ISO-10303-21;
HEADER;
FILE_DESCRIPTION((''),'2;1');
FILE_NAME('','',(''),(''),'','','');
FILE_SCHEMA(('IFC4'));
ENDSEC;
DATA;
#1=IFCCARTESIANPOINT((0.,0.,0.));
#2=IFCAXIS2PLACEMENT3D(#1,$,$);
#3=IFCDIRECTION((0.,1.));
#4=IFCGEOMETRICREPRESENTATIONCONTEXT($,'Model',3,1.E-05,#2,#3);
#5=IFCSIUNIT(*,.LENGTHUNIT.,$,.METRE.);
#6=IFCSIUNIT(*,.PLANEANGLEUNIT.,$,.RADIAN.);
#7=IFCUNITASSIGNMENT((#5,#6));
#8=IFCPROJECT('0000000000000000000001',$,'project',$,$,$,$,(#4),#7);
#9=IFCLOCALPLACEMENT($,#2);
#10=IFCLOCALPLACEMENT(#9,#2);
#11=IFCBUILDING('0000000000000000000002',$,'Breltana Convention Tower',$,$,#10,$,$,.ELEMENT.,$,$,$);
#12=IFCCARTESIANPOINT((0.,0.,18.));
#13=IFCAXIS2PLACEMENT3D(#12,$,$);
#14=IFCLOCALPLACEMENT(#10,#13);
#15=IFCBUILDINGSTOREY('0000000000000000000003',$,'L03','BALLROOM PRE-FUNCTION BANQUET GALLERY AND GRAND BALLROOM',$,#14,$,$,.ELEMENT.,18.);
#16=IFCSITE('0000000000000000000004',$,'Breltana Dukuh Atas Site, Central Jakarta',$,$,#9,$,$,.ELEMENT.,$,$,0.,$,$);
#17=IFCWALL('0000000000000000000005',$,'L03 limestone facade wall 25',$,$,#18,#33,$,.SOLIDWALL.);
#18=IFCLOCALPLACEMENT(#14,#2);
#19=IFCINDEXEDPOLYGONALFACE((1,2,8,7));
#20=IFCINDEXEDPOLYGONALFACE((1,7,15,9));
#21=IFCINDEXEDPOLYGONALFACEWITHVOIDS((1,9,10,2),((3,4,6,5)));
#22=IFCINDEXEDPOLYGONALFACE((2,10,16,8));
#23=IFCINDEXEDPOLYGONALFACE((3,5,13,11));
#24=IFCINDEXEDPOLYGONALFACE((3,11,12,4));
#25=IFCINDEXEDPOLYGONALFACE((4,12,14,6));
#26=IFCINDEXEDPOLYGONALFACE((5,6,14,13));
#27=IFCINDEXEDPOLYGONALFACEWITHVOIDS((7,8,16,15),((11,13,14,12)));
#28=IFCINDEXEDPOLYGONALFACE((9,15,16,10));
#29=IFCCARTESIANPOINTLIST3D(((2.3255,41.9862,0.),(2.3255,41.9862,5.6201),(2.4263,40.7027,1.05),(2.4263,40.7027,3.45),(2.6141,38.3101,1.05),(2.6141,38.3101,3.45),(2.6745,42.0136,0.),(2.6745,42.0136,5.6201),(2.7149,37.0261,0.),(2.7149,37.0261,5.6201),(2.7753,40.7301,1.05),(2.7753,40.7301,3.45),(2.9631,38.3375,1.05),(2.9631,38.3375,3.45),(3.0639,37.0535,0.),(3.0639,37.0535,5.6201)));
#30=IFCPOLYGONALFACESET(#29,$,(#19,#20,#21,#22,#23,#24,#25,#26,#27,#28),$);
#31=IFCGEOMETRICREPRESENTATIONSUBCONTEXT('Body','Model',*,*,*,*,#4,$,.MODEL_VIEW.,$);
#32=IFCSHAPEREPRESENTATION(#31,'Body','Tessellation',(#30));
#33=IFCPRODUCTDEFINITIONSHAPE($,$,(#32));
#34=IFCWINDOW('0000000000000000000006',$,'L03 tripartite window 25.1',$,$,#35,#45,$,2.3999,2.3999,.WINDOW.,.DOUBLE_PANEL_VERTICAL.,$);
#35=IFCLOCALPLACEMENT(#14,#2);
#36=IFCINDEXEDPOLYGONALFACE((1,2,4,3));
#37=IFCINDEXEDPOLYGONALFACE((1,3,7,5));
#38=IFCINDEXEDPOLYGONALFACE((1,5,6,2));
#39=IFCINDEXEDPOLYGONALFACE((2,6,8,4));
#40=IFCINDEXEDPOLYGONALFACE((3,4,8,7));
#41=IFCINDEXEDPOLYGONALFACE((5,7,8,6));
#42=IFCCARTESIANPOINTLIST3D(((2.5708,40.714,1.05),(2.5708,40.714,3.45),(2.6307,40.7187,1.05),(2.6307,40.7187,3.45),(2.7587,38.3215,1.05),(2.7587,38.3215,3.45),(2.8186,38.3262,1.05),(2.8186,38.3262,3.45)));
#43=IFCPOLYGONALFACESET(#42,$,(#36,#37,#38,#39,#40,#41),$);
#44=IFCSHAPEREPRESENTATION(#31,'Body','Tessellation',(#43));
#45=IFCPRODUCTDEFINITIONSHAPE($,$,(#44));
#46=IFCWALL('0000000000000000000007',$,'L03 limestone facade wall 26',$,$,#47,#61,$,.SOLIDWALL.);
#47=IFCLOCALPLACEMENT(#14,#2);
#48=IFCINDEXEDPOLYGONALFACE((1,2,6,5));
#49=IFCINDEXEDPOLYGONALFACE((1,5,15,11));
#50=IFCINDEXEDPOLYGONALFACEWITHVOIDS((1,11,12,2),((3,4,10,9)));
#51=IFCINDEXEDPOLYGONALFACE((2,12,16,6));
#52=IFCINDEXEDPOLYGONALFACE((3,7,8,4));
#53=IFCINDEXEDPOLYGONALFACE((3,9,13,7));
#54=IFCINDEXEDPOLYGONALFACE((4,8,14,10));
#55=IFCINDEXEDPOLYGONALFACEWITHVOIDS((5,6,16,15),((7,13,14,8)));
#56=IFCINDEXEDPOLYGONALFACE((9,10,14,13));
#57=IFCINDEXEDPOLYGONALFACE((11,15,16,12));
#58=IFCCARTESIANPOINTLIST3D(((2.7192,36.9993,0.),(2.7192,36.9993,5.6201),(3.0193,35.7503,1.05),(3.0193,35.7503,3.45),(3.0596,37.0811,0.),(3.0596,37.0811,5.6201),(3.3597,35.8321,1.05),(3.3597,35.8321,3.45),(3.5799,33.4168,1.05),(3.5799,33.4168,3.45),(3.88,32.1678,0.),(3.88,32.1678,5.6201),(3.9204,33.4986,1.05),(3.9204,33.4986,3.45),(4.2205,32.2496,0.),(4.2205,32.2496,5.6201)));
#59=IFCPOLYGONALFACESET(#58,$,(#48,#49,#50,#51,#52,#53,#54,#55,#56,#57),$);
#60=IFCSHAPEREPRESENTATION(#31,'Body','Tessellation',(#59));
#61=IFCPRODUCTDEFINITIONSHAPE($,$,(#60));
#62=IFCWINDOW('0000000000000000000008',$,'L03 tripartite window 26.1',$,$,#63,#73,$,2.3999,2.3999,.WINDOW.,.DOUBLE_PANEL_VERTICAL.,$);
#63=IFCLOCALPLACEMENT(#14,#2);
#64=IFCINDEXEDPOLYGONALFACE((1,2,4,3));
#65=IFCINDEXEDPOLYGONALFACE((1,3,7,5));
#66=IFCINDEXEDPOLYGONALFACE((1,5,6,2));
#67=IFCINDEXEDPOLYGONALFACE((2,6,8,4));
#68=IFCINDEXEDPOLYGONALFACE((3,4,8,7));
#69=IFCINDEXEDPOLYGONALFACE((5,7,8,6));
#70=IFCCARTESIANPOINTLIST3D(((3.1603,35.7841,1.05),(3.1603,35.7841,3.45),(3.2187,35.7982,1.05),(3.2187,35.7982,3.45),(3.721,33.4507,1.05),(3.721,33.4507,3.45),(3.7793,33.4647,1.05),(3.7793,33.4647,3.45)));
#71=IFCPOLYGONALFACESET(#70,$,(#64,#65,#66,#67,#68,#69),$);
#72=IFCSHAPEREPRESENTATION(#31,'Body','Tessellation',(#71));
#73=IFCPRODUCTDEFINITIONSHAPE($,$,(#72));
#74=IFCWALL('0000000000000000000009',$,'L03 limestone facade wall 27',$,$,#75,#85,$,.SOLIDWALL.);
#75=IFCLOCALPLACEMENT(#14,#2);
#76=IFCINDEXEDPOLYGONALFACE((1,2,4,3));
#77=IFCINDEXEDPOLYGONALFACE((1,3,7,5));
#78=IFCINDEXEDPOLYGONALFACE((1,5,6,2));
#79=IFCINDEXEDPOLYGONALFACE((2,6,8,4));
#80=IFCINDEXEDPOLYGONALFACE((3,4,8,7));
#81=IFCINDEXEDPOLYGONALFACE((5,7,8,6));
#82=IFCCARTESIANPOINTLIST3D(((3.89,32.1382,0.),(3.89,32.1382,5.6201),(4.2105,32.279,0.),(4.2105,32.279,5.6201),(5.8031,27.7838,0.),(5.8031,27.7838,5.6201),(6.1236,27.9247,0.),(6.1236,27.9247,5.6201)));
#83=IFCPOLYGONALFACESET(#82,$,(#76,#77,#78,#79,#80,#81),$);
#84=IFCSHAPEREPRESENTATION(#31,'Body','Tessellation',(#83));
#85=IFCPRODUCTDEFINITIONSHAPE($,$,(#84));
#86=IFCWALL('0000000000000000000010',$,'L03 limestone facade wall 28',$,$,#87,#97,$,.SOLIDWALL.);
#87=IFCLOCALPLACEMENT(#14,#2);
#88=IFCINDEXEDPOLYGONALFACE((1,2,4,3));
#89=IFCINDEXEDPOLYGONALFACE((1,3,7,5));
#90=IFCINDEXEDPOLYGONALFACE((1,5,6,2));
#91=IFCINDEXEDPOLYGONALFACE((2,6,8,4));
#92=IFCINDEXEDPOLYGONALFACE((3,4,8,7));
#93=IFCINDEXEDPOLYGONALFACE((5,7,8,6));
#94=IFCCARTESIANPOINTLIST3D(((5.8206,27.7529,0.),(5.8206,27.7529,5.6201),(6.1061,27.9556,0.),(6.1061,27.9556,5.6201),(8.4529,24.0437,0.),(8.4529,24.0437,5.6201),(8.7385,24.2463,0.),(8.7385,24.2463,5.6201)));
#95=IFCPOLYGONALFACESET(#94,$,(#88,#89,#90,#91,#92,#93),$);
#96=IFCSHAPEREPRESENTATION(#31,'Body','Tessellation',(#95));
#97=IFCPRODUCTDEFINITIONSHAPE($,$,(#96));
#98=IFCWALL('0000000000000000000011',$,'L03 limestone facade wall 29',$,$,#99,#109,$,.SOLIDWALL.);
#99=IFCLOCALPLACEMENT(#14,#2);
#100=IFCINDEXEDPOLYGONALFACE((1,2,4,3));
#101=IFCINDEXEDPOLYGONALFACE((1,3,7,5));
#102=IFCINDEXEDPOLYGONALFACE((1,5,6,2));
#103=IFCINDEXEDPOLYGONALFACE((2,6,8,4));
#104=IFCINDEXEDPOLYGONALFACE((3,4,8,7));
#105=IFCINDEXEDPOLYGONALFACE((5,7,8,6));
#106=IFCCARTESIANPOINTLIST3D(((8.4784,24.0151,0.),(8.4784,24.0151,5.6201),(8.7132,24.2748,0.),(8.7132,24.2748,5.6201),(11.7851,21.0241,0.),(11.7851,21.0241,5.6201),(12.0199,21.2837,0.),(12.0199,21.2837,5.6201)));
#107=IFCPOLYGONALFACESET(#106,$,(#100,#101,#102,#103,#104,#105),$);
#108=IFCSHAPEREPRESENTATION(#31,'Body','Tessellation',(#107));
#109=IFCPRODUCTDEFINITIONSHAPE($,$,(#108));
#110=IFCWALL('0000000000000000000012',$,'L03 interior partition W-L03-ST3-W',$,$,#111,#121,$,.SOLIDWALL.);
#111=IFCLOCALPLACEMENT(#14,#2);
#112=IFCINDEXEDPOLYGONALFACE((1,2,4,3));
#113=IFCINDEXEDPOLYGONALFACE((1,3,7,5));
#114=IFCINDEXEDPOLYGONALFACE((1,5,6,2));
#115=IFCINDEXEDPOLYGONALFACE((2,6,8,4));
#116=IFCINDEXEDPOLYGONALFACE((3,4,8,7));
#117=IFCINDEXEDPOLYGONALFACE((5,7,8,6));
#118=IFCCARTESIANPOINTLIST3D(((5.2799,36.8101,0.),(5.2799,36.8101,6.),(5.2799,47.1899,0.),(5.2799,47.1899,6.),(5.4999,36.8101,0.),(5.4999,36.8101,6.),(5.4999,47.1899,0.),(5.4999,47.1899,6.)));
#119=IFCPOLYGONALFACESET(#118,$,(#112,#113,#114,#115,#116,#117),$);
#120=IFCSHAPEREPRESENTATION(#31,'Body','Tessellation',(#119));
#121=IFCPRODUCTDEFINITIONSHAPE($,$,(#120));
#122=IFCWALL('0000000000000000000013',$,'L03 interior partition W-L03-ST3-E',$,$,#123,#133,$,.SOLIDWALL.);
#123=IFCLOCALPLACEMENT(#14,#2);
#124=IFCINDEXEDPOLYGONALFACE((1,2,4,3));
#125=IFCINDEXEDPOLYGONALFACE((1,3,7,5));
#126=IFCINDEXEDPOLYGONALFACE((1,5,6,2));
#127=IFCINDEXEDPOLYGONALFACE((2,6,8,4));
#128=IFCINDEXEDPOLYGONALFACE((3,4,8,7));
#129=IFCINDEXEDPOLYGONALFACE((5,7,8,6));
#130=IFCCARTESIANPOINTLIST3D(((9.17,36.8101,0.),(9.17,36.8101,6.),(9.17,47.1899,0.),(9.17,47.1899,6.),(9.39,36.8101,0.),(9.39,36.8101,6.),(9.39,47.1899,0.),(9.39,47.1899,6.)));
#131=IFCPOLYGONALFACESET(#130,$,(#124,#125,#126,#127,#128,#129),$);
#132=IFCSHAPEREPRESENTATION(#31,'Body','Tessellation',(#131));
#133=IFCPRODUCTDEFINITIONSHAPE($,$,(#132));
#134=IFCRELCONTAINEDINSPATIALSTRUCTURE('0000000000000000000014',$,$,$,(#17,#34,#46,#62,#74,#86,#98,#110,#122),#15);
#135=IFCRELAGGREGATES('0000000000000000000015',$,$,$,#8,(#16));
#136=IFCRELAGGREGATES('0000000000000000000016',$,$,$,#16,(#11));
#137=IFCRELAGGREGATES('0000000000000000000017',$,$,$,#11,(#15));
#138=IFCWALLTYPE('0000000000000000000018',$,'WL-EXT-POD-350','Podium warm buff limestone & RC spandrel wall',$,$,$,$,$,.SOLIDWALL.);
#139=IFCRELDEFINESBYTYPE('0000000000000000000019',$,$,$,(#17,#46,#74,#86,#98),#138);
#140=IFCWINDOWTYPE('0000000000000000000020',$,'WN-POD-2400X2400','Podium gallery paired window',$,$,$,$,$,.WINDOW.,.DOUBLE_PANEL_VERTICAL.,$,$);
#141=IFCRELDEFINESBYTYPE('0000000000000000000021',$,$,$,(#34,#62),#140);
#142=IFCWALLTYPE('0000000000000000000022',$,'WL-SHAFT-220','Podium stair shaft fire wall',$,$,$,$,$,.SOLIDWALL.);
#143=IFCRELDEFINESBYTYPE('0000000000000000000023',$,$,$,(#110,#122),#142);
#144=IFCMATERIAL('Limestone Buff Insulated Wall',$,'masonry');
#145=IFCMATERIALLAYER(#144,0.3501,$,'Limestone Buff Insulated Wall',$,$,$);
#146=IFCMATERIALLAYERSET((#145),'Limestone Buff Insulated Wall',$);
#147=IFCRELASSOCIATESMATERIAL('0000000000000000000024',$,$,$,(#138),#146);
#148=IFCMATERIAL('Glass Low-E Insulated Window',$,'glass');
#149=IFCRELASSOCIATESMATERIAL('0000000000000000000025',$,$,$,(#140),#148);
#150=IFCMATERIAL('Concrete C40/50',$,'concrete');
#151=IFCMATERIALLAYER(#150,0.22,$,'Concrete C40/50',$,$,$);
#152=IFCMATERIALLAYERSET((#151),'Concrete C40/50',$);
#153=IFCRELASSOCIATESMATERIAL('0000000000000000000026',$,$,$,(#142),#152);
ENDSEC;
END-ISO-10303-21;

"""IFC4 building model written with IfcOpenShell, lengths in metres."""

from ifc_helpers import new_model, si_unit, direction, frame, frame_2d, origin, place, context, subcontext, project, spatial, rectangle, extrude, source, transform, mapped, material, layer, layer_set, type_object, type_shapes, element, fill, save


model = new_model("IFC4")

# Units and contexts
model_context = context("Model", 3, precision=1e-05, world=origin(), true_north=direction((0.0, 1.0)))
body_context = subcontext(model_context, "Body", "Model", "MODEL_VIEW")
ifc_project = project(units=[si_unit("LENGTHUNIT", "METRE"), si_unit("PLANEANGLEUNIT", "RADIAN")], contexts=[model_context])

# Site, building, storey
site_placement = place(None, origin())
site = spatial("IfcSite", under=ifc_project, at=site_placement, Name="Breltana Dukuh Atas Site, Central Jakarta", CompositionType="ELEMENT", RefElevation=0.0)
building_placement = place(site_placement, origin())
building = spatial("IfcBuilding", under=site, at=building_placement, Name="Breltana Convention Tower", CompositionType="ELEMENT")
storey_placement = place(building_placement, frame((0.0, 0.0, 18.0)))
storey = spatial("IfcBuildingStorey", under=building, at=storey_placement, Name="L03", Description="BALLROOM PRE-FUNCTION BANQUET GALLERY AND GRAND BALLROOM", CompositionType="ELEMENT", Elevation=18.0)

# Shared definitions
ifc_material_1 = material(Name="Concrete C40/50", Category="concrete")

# Walls, openings, windows
ifc_material_2 = material(Name="Limestone Buff Insulated Wall", Category="masonry")
ifc_layer_1 = layer(ifc_material_2, 0.3501, Name="Limestone Buff Insulated Wall")
ifc_layer_set_1 = layer_set([ifc_layer_1], Name="Limestone Buff Insulated Wall")
wall_type_1 = type_object("IfcWallType", Name="WL-EXT-POD-350", Description="Podium warm buff limestone & RC spandrel wall", PredefinedType="SOLIDWALL", material=ifc_layer_set_1)
shared_shape_1 = source(origin(), body_context, "Body", "SweptSolid", [
    extrude(rectangle(XDim=4.9753, YDim=0.3501, at=frame_2d((2.4878, 0.0))), origin(), (0.0, 0.0, 1.0), 5.6201),
])
wall_1_placement = place(storey_placement, frame((2.5, 42.0, 0.0), z_axis=(0.0, 0.0, 1.0), x_axis=(0.078269, -0.996932, 0.0)))
wall_1 = element("IfcWall", 1, at=wall_1_placement, inside=storey, type_object=wall_type_1, Name="L03 limestone facade wall 25", PredefinedType="SOLIDWALL", context=body_context, shape_type="MappedRepresentation", body=[
    mapped(shared_shape_1, transform((0.0, 0.0, 0.0), scale=1.0)),
])
opening_1_placement = place(wall_1_placement, frame((1.2876, 0.0, 1.05)))
opening_1 = element("IfcOpeningElement", 2, at=opening_1_placement, cuts=wall_1, PredefinedType="OPENING", context=body_context, shape_type="SweptSolid", body=[
    extrude(rectangle(XDim=2.3999, YDim=2.3999, at=frame_2d((1.2, 1.2))), frame((0.0, 0.1851, 0.0), z_axis=(0.0, -1.0, 0.0), x_axis=(1.0, 0.0, 0.0)), (0.0, 0.0, 1.0), 0.3701),
])
ifc_material_3 = material(Name="Glass Low-E Insulated Window", Category="glass")
window_type = type_object("IfcWindowType", Name="WN-POD-2400X2400", Description="Podium gallery paired window", PartitioningType="DOUBLE_PANEL_VERTICAL", PredefinedType="WINDOW", material=ifc_material_3)
shared_shape_2 = source(origin(), body_context, "Body", "SweptSolid", [
    extrude(rectangle(XDim=2.3999, YDim=2.3999, at=frame_2d((1.2, 1.2))), frame((0.0, 0.03, 0.0), z_axis=(0.0, -1.0, 0.0), x_axis=(1.0, 0.0, 0.0)), (0.0, 0.0, 1.0), 0.0601),
])
type_shapes(window_type, [shared_shape_2])
window_1_placement = place(opening_1_placement, origin())
window_1 = element("IfcWindow", 3, at=window_1_placement, inside=storey, type_object=window_type, Name="L03 tripartite window 25.1", OverallHeight=2.3999, OverallWidth=2.3999, PartitioningType="DOUBLE_PANEL_VERTICAL", PredefinedType="WINDOW", context=body_context, shape_type="MappedRepresentation", body=[
    mapped(shared_shape_2, transform((0.0, 0.0, 0.0), scale=1.0)),
])
fill(opening_1, window_1)
shared_shape_3 = source(origin(), body_context, "Body", "SweptSolid", [
    extrude(rectangle(XDim=4.969, YDim=0.3501, at=frame_2d((2.4844, 0.0))), origin(), (0.0, 0.0, 1.0), 5.6201),
])
wall_2_placement = place(storey_placement, frame((2.8894, 37.04, 0.0), z_axis=(0.0, 0.0, 1.0), x_axis=(0.233624, -0.972327, 0.0)))
wall_2 = element("IfcWall", 4, at=wall_2_placement, inside=storey, type_object=wall_type_1, Name="L03 limestone facade wall 26", PredefinedType="SOLIDWALL", context=body_context, shape_type="MappedRepresentation", body=[
    mapped(shared_shape_3, transform((0.0, 0.0, 0.0), scale=1.0)),
])
opening_2_placement = place(wall_2_placement, frame((1.2844, 0.0, 1.05)))
opening_2 = element("IfcOpeningElement", 5, at=opening_2_placement, cuts=wall_2, PredefinedType="OPENING", context=body_context, shape_type="SweptSolid", body=[
    extrude(rectangle(XDim=2.3999, YDim=2.3999, at=frame_2d((1.2, 1.2))), frame((0.0, 0.1851, 0.0), z_axis=(0.0, -1.0, 0.0), x_axis=(1.0, 0.0, 0.0)), (0.0, 0.0, 1.0), 0.3701),
])
window_2_placement = place(opening_2_placement, origin())
window_2 = element("IfcWindow", 6, at=window_2_placement, inside=storey, type_object=window_type, Name="L03 tripartite window 26.1", OverallHeight=2.3999, OverallWidth=2.3999, PartitioningType="DOUBLE_PANEL_VERTICAL", PredefinedType="WINDOW", context=body_context, shape_type="MappedRepresentation", body=[
    mapped(shared_shape_2, transform((0.0, 0.0, 0.0), scale=1.0)),
])
fill(opening_2, window_2)

# Walls
shared_shape_4 = source(origin(), body_context, "Body", "SweptSolid", [
    extrude(rectangle(XDim=4.7561, YDim=0.3501, at=frame_2d((2.3779, 0.0))), origin(), (0.0, 0.0, 1.0), 5.6201),
])
wall_3_placement = place(storey_placement, frame((4.0503, 32.2085, 0.0), z_axis=(0.0, 0.0, 1.0), x_axis=(0.402248, -0.915531, 0.0)))
element("IfcWall", 7, at=wall_3_placement, inside=storey, type_object=wall_type_1, Name="L03 limestone facade wall 27", PredefinedType="SOLIDWALL", context=body_context, shape_type="MappedRepresentation", body=[
    mapped(shared_shape_4, transform((0.0, 0.0, 0.0), scale=1.0)),
])
shared_shape_5 = source(origin(), body_context, "Body", "SweptSolid", [
    extrude(rectangle(XDim=4.5483, YDim=0.3501, at=frame_2d((2.2742, 0.0))), origin(), (0.0, 0.0, 1.0), 5.6201),
])
wall_4_placement = place(storey_placement, frame((5.9634, 27.8542, 0.0), z_axis=(0.0, 0.0, 1.0), x_axis=(0.578742, -0.81551, 0.0)))
element("IfcWall", 8, at=wall_4_placement, inside=storey, type_object=wall_type_1, Name="L03 limestone facade wall 28", PredefinedType="SOLIDWALL", context=body_context, shape_type="MappedRepresentation", body=[
    mapped(shared_shape_5, transform((0.0, 0.0, 0.0), scale=1.0)),
])
shared_shape_6 = source(origin(), body_context, "Body", "SweptSolid", [
    extrude(rectangle(XDim=4.4587, YDim=0.3501, at=frame_2d((2.2295, 0.0))), origin(), (0.0, 0.0, 1.0), 5.6201),
])
wall_5_placement = place(storey_placement, frame((8.5957, 24.145, 0.0), z_axis=(0.0, 0.0, 1.0), x_axis=(0.74162, -0.67082, 0.0)))
element("IfcWall", 9, at=wall_5_placement, inside=storey, type_object=wall_type_1, Name="L03 limestone facade wall 29", PredefinedType="SOLIDWALL", context=body_context, shape_type="MappedRepresentation", body=[
    mapped(shared_shape_6, transform((0.0, 0.0, 0.0), scale=1.0)),
])

# Shared definitions
ifc_layer_2 = layer(ifc_material_1, 0.22, Name="Concrete C40/50")
ifc_layer_set_2 = layer_set([ifc_layer_2], Name="Concrete C40/50")
wall_type_2 = type_object("IfcWallType", Name="WL-SHAFT-220", Description="Podium stair shaft fire wall", PredefinedType="SOLIDWALL", material=ifc_layer_set_2)

# Walls
shared_shape_7 = source(origin(), body_context, "Body", "SweptSolid", [
    extrude(rectangle(XDim=10.3799, YDim=0.22, at=frame_2d((5.1899, 0.0))), origin(), (0.0, 0.0, 1.0), 6.0),
])
for number, where, z_axis, x_axis, name in (
    (10, (5.3899, 36.8101, 0.0), (0.0, 0.0, 1.0), (0.0, 1.0, 0.0), "L03 interior partition W-L03-ST3-W"),
    (11, (9.28, 36.8101, 0.0), (0.0, 0.0, 1.0), (0.0, 1.0, 0.0), "L03 interior partition W-L03-ST3-E"),
):
    element("IfcWall", number, at=place(storey_placement, frame(where, z_axis=z_axis, x_axis=x_axis)), inside=storey, type_object=wall_type_2, Name=name, PredefinedType="SOLIDWALL", context=body_context, shape_type="MappedRepresentation", body=[
        mapped(shared_shape_7, transform((0.0, 0.0, 0.0), scale=1.0)),
    ])

save(model, "model.ifc")
